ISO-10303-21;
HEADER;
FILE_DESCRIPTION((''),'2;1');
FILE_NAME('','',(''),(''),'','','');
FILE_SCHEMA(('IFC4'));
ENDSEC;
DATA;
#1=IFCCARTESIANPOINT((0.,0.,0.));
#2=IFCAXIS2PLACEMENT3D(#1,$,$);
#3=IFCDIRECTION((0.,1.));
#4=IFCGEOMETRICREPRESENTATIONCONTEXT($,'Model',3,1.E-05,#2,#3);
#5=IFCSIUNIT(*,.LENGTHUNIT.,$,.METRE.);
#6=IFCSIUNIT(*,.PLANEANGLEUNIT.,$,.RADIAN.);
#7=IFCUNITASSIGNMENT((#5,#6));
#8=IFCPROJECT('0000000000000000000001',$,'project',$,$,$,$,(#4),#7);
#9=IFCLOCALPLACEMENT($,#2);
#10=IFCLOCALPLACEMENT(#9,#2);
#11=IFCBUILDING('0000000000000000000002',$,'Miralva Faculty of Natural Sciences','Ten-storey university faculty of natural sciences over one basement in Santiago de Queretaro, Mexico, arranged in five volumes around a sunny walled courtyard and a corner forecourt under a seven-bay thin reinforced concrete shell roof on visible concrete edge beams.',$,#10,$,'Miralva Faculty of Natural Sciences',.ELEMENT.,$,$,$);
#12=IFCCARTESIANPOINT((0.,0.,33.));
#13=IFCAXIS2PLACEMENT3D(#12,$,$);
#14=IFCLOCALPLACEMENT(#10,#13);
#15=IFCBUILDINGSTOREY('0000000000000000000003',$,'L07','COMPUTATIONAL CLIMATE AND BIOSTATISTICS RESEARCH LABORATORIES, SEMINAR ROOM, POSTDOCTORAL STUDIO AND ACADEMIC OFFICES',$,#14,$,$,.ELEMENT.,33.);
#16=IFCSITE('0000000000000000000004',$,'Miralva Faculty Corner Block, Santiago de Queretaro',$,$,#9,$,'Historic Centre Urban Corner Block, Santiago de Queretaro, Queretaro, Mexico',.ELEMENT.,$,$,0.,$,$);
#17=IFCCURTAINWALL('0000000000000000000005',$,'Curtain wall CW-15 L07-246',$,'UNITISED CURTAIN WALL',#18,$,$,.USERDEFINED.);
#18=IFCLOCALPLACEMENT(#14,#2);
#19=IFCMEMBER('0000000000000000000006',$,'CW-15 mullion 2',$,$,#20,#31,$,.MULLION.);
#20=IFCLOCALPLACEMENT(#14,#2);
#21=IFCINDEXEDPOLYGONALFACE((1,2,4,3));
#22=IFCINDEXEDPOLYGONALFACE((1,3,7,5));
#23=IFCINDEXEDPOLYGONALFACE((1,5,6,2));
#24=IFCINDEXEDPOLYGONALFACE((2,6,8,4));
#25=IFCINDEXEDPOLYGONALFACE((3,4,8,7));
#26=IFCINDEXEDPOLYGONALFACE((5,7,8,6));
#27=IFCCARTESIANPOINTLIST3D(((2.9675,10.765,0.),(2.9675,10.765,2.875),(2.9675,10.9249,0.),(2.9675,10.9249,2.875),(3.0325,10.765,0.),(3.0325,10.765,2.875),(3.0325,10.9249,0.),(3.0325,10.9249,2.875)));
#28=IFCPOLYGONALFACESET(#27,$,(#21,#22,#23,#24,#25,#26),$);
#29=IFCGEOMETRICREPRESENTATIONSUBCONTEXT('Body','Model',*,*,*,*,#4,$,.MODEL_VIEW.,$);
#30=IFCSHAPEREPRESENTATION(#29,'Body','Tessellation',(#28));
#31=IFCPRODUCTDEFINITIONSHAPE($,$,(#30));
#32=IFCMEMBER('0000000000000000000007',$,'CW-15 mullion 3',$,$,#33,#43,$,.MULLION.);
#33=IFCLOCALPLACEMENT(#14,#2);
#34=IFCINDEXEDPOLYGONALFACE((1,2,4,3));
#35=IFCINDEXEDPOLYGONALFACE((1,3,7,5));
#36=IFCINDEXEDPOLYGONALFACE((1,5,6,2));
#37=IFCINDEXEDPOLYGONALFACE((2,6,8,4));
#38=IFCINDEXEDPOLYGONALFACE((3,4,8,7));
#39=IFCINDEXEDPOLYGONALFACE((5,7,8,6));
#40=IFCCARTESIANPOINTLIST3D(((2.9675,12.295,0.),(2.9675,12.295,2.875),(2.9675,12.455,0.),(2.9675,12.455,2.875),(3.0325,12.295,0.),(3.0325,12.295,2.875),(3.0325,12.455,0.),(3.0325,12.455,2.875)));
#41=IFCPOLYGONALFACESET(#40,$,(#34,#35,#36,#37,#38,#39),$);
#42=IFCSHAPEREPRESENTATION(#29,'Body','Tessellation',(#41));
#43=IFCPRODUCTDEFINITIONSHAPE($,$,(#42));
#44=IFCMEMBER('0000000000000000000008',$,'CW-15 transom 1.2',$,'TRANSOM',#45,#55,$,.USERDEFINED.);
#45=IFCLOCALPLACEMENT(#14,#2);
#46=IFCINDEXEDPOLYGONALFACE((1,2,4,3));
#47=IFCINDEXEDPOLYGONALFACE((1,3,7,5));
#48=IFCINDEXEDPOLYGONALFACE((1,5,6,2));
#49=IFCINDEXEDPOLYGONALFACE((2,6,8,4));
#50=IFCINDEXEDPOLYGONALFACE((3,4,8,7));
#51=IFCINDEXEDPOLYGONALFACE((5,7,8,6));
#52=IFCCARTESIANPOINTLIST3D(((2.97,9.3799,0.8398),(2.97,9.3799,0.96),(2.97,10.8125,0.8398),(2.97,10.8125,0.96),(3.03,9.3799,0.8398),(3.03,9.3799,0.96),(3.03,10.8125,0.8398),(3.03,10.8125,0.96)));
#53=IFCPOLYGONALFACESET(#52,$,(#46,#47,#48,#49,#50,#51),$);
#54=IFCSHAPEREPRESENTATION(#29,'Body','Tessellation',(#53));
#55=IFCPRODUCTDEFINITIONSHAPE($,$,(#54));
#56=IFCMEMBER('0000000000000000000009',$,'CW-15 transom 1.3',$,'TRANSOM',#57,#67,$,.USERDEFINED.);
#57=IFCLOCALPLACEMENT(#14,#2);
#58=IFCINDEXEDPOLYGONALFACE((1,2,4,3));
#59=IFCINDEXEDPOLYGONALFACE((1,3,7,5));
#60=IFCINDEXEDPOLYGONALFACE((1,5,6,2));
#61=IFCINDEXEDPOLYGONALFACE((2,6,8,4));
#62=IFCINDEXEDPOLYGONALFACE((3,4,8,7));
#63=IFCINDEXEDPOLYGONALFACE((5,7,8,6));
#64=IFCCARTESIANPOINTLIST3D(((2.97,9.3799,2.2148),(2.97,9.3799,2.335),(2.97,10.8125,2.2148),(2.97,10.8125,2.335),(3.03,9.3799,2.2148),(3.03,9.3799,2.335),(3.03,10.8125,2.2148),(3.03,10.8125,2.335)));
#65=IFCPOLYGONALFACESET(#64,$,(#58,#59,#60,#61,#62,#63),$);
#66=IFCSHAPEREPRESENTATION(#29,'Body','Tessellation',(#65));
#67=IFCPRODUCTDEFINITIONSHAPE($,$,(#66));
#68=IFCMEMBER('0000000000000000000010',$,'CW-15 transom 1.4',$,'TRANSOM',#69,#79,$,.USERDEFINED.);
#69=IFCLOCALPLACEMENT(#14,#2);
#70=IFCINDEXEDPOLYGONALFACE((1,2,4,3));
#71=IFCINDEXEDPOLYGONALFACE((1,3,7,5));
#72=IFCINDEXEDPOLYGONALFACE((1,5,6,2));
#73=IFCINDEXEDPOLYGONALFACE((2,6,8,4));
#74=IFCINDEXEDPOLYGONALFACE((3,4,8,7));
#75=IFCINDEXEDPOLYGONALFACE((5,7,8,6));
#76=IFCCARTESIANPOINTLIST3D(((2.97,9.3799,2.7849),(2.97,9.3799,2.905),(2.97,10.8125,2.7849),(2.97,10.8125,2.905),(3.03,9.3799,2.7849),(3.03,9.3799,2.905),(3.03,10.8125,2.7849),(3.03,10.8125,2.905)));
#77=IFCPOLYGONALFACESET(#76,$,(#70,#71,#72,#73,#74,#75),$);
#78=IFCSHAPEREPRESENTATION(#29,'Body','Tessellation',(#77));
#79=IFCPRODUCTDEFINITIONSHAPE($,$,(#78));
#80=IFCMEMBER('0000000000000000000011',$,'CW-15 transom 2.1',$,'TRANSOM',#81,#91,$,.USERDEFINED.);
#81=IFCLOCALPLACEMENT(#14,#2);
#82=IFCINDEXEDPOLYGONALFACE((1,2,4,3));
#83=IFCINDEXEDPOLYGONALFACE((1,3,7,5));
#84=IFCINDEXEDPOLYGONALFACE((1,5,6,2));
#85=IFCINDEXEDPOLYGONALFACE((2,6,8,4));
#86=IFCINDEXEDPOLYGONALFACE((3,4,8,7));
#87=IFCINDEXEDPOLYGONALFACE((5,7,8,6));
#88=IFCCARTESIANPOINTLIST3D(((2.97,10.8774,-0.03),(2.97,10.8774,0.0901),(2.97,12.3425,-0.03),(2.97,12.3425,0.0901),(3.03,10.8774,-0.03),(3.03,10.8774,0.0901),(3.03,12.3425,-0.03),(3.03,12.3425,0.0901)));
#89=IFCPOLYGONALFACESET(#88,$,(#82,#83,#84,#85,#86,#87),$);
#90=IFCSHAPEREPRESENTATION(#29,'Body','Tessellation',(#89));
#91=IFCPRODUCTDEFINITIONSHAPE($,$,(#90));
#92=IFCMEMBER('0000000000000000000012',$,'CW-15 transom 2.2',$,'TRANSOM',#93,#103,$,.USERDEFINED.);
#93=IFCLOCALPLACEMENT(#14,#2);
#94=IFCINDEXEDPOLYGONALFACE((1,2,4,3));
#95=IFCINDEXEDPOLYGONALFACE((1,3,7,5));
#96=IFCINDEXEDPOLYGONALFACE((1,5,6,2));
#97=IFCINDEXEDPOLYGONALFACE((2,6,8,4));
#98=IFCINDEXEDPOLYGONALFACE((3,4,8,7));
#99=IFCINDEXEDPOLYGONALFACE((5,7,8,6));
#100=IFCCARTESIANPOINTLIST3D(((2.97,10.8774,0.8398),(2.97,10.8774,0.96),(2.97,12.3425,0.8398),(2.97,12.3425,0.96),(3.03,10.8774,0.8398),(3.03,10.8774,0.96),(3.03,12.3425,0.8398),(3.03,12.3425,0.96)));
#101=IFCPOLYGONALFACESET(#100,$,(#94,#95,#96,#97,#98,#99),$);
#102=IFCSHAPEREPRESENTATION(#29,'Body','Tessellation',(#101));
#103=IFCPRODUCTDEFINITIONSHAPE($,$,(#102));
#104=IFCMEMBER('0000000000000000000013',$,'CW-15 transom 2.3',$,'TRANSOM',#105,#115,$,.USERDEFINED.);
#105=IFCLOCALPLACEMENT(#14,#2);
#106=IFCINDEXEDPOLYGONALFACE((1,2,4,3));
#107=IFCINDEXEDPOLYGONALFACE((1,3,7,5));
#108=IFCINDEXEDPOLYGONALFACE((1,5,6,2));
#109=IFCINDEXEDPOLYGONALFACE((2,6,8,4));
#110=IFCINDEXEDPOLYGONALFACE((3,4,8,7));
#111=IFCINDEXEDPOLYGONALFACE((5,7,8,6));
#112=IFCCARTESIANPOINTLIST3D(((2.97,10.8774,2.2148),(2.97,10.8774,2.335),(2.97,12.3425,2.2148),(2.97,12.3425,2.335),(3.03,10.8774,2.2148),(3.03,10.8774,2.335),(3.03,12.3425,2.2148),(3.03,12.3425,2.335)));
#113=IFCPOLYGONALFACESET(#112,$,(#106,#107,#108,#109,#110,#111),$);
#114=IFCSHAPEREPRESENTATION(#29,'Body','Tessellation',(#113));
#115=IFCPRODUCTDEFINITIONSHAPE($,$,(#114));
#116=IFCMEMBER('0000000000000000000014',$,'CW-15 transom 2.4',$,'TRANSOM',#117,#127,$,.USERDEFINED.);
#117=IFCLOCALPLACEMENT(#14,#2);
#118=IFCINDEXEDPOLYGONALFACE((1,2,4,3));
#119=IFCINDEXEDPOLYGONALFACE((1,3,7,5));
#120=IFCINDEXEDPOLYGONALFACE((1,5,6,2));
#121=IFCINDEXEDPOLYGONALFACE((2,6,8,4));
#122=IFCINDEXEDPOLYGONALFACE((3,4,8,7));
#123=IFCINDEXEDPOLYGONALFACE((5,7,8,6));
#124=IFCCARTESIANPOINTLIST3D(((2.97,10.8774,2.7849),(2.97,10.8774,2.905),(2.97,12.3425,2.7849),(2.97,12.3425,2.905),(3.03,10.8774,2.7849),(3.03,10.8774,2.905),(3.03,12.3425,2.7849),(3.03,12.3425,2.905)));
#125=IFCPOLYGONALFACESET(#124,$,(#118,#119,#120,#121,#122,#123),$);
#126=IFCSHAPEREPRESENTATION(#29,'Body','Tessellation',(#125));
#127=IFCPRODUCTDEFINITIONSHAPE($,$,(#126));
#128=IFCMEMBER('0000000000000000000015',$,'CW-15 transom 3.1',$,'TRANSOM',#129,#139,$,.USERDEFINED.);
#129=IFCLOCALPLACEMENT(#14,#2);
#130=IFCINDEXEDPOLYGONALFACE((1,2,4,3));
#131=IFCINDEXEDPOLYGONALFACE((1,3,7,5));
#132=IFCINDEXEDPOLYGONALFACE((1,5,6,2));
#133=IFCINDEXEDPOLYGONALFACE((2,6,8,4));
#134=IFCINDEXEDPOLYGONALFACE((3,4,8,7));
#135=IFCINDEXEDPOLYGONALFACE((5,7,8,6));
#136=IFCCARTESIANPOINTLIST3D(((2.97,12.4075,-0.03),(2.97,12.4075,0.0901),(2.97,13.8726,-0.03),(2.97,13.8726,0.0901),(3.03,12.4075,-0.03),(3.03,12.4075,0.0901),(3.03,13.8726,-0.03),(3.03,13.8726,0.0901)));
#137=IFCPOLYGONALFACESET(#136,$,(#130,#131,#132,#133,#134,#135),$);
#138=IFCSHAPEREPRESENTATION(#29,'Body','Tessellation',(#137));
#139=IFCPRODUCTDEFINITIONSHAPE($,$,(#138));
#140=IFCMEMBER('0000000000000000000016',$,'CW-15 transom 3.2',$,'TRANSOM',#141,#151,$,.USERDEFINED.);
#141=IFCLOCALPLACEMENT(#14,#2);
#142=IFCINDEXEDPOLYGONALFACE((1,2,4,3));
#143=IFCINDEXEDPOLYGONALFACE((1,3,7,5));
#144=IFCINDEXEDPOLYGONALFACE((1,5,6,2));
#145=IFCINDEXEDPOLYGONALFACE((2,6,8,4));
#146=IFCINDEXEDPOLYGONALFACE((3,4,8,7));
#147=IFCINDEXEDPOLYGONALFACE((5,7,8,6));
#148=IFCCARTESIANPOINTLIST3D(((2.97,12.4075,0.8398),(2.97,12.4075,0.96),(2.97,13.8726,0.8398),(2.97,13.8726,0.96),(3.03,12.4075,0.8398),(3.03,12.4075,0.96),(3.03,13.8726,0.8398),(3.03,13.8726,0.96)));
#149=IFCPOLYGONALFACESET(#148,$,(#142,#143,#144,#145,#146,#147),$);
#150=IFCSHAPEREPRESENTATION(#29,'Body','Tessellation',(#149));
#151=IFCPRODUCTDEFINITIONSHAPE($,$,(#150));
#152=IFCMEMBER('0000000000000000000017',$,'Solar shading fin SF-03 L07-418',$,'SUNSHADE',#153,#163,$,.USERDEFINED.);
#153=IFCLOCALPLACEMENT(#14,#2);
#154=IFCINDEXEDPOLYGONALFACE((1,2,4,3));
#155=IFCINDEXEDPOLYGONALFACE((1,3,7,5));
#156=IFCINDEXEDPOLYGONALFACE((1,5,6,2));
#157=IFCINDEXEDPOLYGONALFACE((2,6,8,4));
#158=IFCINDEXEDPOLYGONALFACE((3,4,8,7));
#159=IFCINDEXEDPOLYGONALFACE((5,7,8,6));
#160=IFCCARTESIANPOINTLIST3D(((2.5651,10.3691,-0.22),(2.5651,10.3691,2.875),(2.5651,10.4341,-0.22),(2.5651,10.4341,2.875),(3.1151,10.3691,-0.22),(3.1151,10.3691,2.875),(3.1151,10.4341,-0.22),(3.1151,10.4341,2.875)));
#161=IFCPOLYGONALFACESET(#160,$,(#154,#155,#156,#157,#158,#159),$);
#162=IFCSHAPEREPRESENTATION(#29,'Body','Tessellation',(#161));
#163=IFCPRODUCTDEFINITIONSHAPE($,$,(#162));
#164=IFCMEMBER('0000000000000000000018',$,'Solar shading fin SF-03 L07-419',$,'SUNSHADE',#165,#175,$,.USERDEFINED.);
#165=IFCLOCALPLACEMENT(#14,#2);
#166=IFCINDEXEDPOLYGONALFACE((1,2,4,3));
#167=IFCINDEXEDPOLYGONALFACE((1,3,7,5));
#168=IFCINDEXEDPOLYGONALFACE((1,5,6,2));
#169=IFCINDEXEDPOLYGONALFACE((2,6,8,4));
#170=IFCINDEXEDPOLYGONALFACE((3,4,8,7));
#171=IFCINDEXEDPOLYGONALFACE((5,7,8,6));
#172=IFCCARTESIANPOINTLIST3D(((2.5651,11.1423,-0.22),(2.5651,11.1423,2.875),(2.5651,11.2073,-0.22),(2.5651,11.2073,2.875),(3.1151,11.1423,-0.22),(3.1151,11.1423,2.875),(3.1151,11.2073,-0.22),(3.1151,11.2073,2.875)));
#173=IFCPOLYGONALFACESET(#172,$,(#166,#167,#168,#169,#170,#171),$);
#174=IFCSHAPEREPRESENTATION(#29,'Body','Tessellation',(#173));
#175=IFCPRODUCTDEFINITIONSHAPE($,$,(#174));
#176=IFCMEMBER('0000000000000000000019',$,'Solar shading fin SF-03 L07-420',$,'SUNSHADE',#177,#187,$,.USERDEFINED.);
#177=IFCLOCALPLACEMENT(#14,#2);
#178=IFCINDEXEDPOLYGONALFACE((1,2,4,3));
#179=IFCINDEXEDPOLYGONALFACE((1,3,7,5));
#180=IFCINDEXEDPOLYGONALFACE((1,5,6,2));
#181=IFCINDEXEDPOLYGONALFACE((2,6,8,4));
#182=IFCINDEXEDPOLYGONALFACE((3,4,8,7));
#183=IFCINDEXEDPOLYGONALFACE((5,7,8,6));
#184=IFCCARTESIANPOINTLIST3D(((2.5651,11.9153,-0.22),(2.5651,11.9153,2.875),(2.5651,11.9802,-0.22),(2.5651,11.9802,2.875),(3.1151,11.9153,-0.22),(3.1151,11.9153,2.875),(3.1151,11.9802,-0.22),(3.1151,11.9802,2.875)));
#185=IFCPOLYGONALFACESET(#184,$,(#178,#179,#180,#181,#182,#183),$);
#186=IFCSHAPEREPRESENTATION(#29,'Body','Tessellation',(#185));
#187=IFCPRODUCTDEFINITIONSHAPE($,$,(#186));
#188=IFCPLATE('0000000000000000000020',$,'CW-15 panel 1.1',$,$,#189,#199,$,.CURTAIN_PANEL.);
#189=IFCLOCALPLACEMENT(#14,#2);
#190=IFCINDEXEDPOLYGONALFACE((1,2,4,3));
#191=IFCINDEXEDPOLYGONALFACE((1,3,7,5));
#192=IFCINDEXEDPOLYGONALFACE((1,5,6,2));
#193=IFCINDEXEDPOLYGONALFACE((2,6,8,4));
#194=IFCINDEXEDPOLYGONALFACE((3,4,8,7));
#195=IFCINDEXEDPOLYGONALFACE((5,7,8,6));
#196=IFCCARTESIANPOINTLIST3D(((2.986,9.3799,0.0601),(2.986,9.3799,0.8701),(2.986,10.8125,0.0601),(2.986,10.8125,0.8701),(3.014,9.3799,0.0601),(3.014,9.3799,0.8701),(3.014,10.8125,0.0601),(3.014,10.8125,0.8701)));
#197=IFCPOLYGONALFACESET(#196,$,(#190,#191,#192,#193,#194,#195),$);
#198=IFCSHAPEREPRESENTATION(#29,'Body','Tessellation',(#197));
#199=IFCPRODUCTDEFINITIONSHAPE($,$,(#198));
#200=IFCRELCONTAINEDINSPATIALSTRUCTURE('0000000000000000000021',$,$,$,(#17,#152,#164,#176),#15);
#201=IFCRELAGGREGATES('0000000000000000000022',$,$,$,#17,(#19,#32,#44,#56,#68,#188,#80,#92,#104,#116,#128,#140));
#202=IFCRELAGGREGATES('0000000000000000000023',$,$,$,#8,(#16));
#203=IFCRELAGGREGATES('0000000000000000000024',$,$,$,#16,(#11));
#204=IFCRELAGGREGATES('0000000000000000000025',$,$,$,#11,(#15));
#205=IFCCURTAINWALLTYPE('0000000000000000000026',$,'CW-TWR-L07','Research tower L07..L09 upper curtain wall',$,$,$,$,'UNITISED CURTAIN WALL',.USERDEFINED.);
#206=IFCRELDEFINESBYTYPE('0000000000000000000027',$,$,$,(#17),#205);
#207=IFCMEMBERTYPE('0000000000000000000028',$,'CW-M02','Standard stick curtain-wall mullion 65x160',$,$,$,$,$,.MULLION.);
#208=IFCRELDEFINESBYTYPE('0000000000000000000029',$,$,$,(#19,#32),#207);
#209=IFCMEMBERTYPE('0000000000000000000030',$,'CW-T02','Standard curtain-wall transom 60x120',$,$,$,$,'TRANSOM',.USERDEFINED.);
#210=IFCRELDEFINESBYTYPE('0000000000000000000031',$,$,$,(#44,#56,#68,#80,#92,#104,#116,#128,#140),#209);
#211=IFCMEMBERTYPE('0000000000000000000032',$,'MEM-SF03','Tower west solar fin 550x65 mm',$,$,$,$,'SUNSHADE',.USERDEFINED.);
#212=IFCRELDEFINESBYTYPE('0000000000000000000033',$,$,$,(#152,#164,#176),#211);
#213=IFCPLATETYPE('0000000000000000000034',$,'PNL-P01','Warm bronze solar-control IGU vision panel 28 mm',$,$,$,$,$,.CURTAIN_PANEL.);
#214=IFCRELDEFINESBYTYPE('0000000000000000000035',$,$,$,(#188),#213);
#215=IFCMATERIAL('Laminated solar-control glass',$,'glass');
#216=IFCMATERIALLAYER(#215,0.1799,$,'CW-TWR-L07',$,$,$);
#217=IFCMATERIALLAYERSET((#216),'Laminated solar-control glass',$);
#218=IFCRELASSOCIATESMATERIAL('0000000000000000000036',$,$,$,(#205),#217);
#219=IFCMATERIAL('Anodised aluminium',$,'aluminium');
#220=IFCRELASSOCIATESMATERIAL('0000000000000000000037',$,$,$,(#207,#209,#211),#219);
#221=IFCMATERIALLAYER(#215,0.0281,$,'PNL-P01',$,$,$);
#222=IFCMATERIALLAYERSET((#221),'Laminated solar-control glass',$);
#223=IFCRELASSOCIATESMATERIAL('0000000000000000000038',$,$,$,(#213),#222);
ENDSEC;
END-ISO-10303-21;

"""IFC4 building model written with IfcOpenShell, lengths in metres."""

from ifc_helpers import new_model, si_unit, direction, frame, origin, origin_2d, place, context, subcontext, project, spatial, rectangle, extrude, material, layer, layer_set, material_profile, profile_set, type_object, element, aggregate, save


model = new_model("IFC4")

# Units and contexts
model_context = context("Model", 3, precision=1e-05, world=origin(), true_north=direction((0.0, 1.0)))
body_context = subcontext(model_context, "Body", "Model", "MODEL_VIEW")
ifc_project = project(units=[si_unit("LENGTHUNIT", "METRE"), si_unit("PLANEANGLEUNIT", "RADIAN")], contexts=[model_context])

# Site, building, storey
site_placement = place(None, origin())
site = spatial("IfcSite", under=ifc_project, at=site_placement, Name="Miralva Faculty Corner Block, Santiago de Queretaro", LongName="Historic Centre Urban Corner Block, Santiago de Queretaro, Queretaro, Mexico", CompositionType="ELEMENT", RefElevation=0.0)
building_placement = place(site_placement, origin())
building = spatial("IfcBuilding", under=site, at=building_placement, Name="Miralva Faculty of Natural Sciences", Description="Ten-storey university faculty of natural sciences over one basement in Santiago de Queretaro, Mexico, arranged in five volumes around a sunny walled courtyard and a corner forecourt under a seven-bay thin reinforced concrete shell roof on visible concrete edge beams.", LongName="Miralva Faculty of Natural Sciences", CompositionType="ELEMENT")
storey_placement = place(building_placement, frame((0.0, 0.0, 33.0)))
storey = spatial("IfcBuildingStorey", under=building, at=storey_placement, Name="L07", Description="COMPUTATIONAL CLIMATE AND BIOSTATISTICS RESEARCH LABORATORIES, SEMINAR ROOM, POSTDOCTORAL STUDIO AND ACADEMIC OFFICES", CompositionType="ELEMENT", Elevation=33.0)

# Curtain wall, members
ifc_material_1 = material(Name="Laminated solar-control glass", Category="glass")
ifc_layer_1 = layer(ifc_material_1, 0.1799, Name="CW-TWR-L07")
ifc_layer_set_1 = layer_set([ifc_layer_1], Name="Laminated solar-control glass")
curtain_wall_type = type_object("IfcCurtainWallType", Name="CW-TWR-L07", Description="Research tower L07..L09 upper curtain wall", ElementType="UNITISED CURTAIN WALL", PredefinedType="USERDEFINED", material=ifc_layer_set_1)
curtain_wall_placement = place(storey_placement, origin())
curtain_wall = element("IfcCurtainWall", 1, at=curtain_wall_placement, inside=storey, type_object=curtain_wall_type, Name="Curtain wall CW-15 L07-246", ObjectType="UNITISED CURTAIN WALL", PredefinedType="USERDEFINED")
ifc_material_2 = material(Name="Anodised aluminium", Category="aluminium")
ifc_material_profile_1 = material_profile(ifc_material_2, rectangle(XDim=0.0649, YDim=0.1599, at=origin_2d()), Name="MULLION 65x160")
ifc_profile_set_1 = profile_set([ifc_material_profile_1], Name="Anodised aluminium")
member_type_1 = type_object("IfcMemberType", Name="CW-M02", Description="Standard stick curtain-wall mullion 65x160", PredefinedType="MULLION", material=ifc_profile_set_1)
member_1_placement = place(storey_placement, frame((3.0, 10.845, 0.0), z_axis=(0.0, 0.0, 1.0), x_axis=(-1.0, 0.0, 0.0)))
member_1 = element("IfcMember", 2, at=member_1_placement, type_object=member_type_1, Name="CW-15 mullion 2", PredefinedType="MULLION", context=body_context, shape_type="SweptSolid", body=[
    extrude(rectangle(XDim=0.0649, YDim=0.1599, at=origin_2d()), origin(), (0.0, 0.0, 1.0), 2.875),
])
member_2_placement = place(storey_placement, frame((3.0, 12.375, 0.0), z_axis=(0.0, 0.0, 1.0), x_axis=(-1.0, 0.0, 0.0)))
member_2 = element("IfcMember", 3, at=member_2_placement, type_object=member_type_1, Name="CW-15 mullion 3", PredefinedType="MULLION", context=body_context, shape_type="SweptSolid", body=[
    extrude(rectangle(XDim=0.0649, YDim=0.1599, at=origin_2d()), origin(), (0.0, 0.0, 1.0), 2.875),
])
ifc_material_profile_2 = material_profile(ifc_material_2, rectangle(XDim=0.0601, YDim=0.1201, at=origin_2d()), Name="TRANSOM 60x120")
ifc_profile_set_2 = profile_set([ifc_material_profile_2], Name="Anodised aluminium")
member_type_2 = type_object("IfcMemberType", Name="CW-T02", Description="Standard curtain-wall transom 60x120", ElementType="TRANSOM", PredefinedType="USERDEFINED", material=ifc_profile_set_2)
member_3_placement = place(storey_placement, frame((3.0, 9.3799, 0.8999), z_axis=(0.0, 1.0, 0.0), x_axis=(-1.0, 0.0, 0.0)))
member_3 = element("IfcMember", 4, at=member_3_placement, type_object=member_type_2, Name="CW-15 transom 1.2", ObjectType="TRANSOM", PredefinedType="USERDEFINED", context=body_context, shape_type="SweptSolid", body=[
    extrude(rectangle(XDim=0.0601, YDim=0.1201, at=origin_2d()), origin(), (0.0, 0.0, 1.0), 1.4326),
])
member_4_placement = place(storey_placement, frame((3.0, 9.3799, 2.2749), z_axis=(0.0, 1.0, 0.0), x_axis=(-1.0, 0.0, 0.0)))
member_4 = element("IfcMember", 5, at=member_4_placement, type_object=member_type_2, Name="CW-15 transom 1.3", ObjectType="TRANSOM", PredefinedType="USERDEFINED", context=body_context, shape_type="SweptSolid", body=[
    extrude(rectangle(XDim=0.0601, YDim=0.1201, at=origin_2d()), origin(), (0.0, 0.0, 1.0), 1.4326),
])
member_5_placement = place(storey_placement, frame((3.0, 9.3799, 2.845), z_axis=(0.0, 1.0, 0.0), x_axis=(-1.0, 0.0, 0.0)))
member_5 = element("IfcMember", 6, at=member_5_placement, type_object=member_type_2, Name="CW-15 transom 1.4", ObjectType="TRANSOM", PredefinedType="USERDEFINED", context=body_context, shape_type="SweptSolid", body=[
    extrude(rectangle(XDim=0.0601, YDim=0.1201, at=origin_2d()), origin(), (0.0, 0.0, 1.0), 1.4326),
])
member_6_placement = place(storey_placement, frame((3.0, 10.8774, 0.03), z_axis=(0.0, 1.0, 0.0), x_axis=(-1.0, 0.0, 0.0)))
member_6 = element("IfcMember", 7, at=member_6_placement, type_object=member_type_2, Name="CW-15 transom 2.1", ObjectType="TRANSOM", PredefinedType="USERDEFINED", context=body_context, shape_type="SweptSolid", body=[
    extrude(rectangle(XDim=0.0601, YDim=0.1201, at=origin_2d()), origin(), (0.0, 0.0, 1.0), 1.4651),
])
member_7_placement = place(storey_placement, frame((3.0, 10.8774, 0.8999), z_axis=(0.0, 1.0, 0.0), x_axis=(-1.0, 0.0, 0.0)))
member_7 = element("IfcMember", 8, at=member_7_placement, type_object=member_type_2, Name="CW-15 transom 2.2", ObjectType="TRANSOM", PredefinedType="USERDEFINED", context=body_context, shape_type="SweptSolid", body=[
    extrude(rectangle(XDim=0.0601, YDim=0.1201, at=origin_2d()), origin(), (0.0, 0.0, 1.0), 1.4651),
])
member_8_placement = place(storey_placement, frame((3.0, 10.8774, 2.2749), z_axis=(0.0, 1.0, 0.0), x_axis=(-1.0, 0.0, 0.0)))
member_8 = element("IfcMember", 9, at=member_8_placement, type_object=member_type_2, Name="CW-15 transom 2.3", ObjectType="TRANSOM", PredefinedType="USERDEFINED", context=body_context, shape_type="SweptSolid", body=[
    extrude(rectangle(XDim=0.0601, YDim=0.1201, at=origin_2d()), origin(), (0.0, 0.0, 1.0), 1.4651),
])
member_9_placement = place(storey_placement, frame((3.0, 10.8774, 2.845), z_axis=(0.0, 1.0, 0.0), x_axis=(-1.0, 0.0, 0.0)))
member_9 = element("IfcMember", 10, at=member_9_placement, type_object=member_type_2, Name="CW-15 transom 2.4", ObjectType="TRANSOM", PredefinedType="USERDEFINED", context=body_context, shape_type="SweptSolid", body=[
    extrude(rectangle(XDim=0.0601, YDim=0.1201, at=origin_2d()), origin(), (0.0, 0.0, 1.0), 1.4651),
])
member_10_placement = place(storey_placement, frame((3.0, 12.4075, 0.03), z_axis=(0.0, 1.0, 0.0), x_axis=(-1.0, 0.0, 0.0)))
member_10 = element("IfcMember", 11, at=member_10_placement, type_object=member_type_2, Name="CW-15 transom 3.1", ObjectType="TRANSOM", PredefinedType="USERDEFINED", context=body_context, shape_type="SweptSolid", body=[
    extrude(rectangle(XDim=0.0601, YDim=0.1201, at=origin_2d()), origin(), (0.0, 0.0, 1.0), 1.4651),
])
member_11_placement = place(storey_placement, frame((3.0, 12.4075, 0.8999), z_axis=(0.0, 1.0, 0.0), x_axis=(-1.0, 0.0, 0.0)))
member_11 = element("IfcMember", 12, at=member_11_placement, type_object=member_type_2, Name="CW-15 transom 3.2", ObjectType="TRANSOM", PredefinedType="USERDEFINED", context=body_context, shape_type="SweptSolid", body=[
    extrude(rectangle(XDim=0.0601, YDim=0.1201, at=origin_2d()), origin(), (0.0, 0.0, 1.0), 1.4651),
])

# Members
ifc_material_profile_3 = material_profile(ifc_material_2, rectangle(XDim=0.0649, YDim=0.55, at=origin_2d()), Name="FIN 550x65")
ifc_profile_set_3 = profile_set([ifc_material_profile_3], Name="Anodised aluminium")
member_type_3 = type_object("IfcMemberType", Name="MEM-SF03", Description="Tower west solar fin 550x65 mm", ElementType="SUNSHADE", PredefinedType="USERDEFINED", material=ifc_profile_set_3)
for number, where, z_axis, x_axis, name in (
    (13, (2.8401, 10.4016, -0.22), (0.0, 0.0, 1.0), (0.0, -1.0, 0.0), "Solar shading fin SF-03 L07-418"),
    (14, (2.8401, 11.1748, -0.22), (0.0, 0.0, 1.0), (0.0, -1.0, 0.0), "Solar shading fin SF-03 L07-419"),
    (15, (2.8401, 11.9478, -0.22), (0.0, 0.0, 1.0), (0.0, -1.0, 0.0), "Solar shading fin SF-03 L07-420"),
):
    element("IfcMember", number, at=place(storey_placement, frame(where, z_axis=z_axis, x_axis=x_axis)), inside=storey, type_object=member_type_3, Name=name, ObjectType="SUNSHADE", PredefinedType="USERDEFINED", context=body_context, shape_type="SweptSolid", body=[
        extrude(rectangle(XDim=0.0649, YDim=0.55, at=origin_2d()), origin(), (0.0, 0.0, 1.0), 3.095),
    ])

# Plate
ifc_layer_2 = layer(ifc_material_1, 0.0281, Name="PNL-P01")
ifc_layer_set_2 = layer_set([ifc_layer_2], Name="Laminated solar-control glass")
plate_type = type_object("IfcPlateType", Name="PNL-P01", Description="Warm bronze solar-control IGU vision panel 28 mm", PredefinedType="CURTAIN_PANEL", material=ifc_layer_set_2)
plate_1_placement = place(storey_placement, frame((3.0, 10.0962, 0.0601), z_axis=(0.0, 0.0, 1.0), x_axis=(0.0, 1.0, 0.0)))
plate_1 = element("IfcPlate", 16, at=plate_1_placement, type_object=plate_type, Name="CW-15 panel 1.1", PredefinedType="CURTAIN_PANEL", context=body_context, shape_type="SweptSolid", body=[
    extrude(rectangle(XDim=1.4326, YDim=0.0281, at=origin_2d()), origin(), (0.0, 0.0, 1.0), 0.8101),
])
aggregate(curtain_wall, [member_1, member_2, member_3, member_4, member_5, plate_1, member_6, member_7, member_8, member_9, member_10, member_11])

save(model, "model.ifc")
